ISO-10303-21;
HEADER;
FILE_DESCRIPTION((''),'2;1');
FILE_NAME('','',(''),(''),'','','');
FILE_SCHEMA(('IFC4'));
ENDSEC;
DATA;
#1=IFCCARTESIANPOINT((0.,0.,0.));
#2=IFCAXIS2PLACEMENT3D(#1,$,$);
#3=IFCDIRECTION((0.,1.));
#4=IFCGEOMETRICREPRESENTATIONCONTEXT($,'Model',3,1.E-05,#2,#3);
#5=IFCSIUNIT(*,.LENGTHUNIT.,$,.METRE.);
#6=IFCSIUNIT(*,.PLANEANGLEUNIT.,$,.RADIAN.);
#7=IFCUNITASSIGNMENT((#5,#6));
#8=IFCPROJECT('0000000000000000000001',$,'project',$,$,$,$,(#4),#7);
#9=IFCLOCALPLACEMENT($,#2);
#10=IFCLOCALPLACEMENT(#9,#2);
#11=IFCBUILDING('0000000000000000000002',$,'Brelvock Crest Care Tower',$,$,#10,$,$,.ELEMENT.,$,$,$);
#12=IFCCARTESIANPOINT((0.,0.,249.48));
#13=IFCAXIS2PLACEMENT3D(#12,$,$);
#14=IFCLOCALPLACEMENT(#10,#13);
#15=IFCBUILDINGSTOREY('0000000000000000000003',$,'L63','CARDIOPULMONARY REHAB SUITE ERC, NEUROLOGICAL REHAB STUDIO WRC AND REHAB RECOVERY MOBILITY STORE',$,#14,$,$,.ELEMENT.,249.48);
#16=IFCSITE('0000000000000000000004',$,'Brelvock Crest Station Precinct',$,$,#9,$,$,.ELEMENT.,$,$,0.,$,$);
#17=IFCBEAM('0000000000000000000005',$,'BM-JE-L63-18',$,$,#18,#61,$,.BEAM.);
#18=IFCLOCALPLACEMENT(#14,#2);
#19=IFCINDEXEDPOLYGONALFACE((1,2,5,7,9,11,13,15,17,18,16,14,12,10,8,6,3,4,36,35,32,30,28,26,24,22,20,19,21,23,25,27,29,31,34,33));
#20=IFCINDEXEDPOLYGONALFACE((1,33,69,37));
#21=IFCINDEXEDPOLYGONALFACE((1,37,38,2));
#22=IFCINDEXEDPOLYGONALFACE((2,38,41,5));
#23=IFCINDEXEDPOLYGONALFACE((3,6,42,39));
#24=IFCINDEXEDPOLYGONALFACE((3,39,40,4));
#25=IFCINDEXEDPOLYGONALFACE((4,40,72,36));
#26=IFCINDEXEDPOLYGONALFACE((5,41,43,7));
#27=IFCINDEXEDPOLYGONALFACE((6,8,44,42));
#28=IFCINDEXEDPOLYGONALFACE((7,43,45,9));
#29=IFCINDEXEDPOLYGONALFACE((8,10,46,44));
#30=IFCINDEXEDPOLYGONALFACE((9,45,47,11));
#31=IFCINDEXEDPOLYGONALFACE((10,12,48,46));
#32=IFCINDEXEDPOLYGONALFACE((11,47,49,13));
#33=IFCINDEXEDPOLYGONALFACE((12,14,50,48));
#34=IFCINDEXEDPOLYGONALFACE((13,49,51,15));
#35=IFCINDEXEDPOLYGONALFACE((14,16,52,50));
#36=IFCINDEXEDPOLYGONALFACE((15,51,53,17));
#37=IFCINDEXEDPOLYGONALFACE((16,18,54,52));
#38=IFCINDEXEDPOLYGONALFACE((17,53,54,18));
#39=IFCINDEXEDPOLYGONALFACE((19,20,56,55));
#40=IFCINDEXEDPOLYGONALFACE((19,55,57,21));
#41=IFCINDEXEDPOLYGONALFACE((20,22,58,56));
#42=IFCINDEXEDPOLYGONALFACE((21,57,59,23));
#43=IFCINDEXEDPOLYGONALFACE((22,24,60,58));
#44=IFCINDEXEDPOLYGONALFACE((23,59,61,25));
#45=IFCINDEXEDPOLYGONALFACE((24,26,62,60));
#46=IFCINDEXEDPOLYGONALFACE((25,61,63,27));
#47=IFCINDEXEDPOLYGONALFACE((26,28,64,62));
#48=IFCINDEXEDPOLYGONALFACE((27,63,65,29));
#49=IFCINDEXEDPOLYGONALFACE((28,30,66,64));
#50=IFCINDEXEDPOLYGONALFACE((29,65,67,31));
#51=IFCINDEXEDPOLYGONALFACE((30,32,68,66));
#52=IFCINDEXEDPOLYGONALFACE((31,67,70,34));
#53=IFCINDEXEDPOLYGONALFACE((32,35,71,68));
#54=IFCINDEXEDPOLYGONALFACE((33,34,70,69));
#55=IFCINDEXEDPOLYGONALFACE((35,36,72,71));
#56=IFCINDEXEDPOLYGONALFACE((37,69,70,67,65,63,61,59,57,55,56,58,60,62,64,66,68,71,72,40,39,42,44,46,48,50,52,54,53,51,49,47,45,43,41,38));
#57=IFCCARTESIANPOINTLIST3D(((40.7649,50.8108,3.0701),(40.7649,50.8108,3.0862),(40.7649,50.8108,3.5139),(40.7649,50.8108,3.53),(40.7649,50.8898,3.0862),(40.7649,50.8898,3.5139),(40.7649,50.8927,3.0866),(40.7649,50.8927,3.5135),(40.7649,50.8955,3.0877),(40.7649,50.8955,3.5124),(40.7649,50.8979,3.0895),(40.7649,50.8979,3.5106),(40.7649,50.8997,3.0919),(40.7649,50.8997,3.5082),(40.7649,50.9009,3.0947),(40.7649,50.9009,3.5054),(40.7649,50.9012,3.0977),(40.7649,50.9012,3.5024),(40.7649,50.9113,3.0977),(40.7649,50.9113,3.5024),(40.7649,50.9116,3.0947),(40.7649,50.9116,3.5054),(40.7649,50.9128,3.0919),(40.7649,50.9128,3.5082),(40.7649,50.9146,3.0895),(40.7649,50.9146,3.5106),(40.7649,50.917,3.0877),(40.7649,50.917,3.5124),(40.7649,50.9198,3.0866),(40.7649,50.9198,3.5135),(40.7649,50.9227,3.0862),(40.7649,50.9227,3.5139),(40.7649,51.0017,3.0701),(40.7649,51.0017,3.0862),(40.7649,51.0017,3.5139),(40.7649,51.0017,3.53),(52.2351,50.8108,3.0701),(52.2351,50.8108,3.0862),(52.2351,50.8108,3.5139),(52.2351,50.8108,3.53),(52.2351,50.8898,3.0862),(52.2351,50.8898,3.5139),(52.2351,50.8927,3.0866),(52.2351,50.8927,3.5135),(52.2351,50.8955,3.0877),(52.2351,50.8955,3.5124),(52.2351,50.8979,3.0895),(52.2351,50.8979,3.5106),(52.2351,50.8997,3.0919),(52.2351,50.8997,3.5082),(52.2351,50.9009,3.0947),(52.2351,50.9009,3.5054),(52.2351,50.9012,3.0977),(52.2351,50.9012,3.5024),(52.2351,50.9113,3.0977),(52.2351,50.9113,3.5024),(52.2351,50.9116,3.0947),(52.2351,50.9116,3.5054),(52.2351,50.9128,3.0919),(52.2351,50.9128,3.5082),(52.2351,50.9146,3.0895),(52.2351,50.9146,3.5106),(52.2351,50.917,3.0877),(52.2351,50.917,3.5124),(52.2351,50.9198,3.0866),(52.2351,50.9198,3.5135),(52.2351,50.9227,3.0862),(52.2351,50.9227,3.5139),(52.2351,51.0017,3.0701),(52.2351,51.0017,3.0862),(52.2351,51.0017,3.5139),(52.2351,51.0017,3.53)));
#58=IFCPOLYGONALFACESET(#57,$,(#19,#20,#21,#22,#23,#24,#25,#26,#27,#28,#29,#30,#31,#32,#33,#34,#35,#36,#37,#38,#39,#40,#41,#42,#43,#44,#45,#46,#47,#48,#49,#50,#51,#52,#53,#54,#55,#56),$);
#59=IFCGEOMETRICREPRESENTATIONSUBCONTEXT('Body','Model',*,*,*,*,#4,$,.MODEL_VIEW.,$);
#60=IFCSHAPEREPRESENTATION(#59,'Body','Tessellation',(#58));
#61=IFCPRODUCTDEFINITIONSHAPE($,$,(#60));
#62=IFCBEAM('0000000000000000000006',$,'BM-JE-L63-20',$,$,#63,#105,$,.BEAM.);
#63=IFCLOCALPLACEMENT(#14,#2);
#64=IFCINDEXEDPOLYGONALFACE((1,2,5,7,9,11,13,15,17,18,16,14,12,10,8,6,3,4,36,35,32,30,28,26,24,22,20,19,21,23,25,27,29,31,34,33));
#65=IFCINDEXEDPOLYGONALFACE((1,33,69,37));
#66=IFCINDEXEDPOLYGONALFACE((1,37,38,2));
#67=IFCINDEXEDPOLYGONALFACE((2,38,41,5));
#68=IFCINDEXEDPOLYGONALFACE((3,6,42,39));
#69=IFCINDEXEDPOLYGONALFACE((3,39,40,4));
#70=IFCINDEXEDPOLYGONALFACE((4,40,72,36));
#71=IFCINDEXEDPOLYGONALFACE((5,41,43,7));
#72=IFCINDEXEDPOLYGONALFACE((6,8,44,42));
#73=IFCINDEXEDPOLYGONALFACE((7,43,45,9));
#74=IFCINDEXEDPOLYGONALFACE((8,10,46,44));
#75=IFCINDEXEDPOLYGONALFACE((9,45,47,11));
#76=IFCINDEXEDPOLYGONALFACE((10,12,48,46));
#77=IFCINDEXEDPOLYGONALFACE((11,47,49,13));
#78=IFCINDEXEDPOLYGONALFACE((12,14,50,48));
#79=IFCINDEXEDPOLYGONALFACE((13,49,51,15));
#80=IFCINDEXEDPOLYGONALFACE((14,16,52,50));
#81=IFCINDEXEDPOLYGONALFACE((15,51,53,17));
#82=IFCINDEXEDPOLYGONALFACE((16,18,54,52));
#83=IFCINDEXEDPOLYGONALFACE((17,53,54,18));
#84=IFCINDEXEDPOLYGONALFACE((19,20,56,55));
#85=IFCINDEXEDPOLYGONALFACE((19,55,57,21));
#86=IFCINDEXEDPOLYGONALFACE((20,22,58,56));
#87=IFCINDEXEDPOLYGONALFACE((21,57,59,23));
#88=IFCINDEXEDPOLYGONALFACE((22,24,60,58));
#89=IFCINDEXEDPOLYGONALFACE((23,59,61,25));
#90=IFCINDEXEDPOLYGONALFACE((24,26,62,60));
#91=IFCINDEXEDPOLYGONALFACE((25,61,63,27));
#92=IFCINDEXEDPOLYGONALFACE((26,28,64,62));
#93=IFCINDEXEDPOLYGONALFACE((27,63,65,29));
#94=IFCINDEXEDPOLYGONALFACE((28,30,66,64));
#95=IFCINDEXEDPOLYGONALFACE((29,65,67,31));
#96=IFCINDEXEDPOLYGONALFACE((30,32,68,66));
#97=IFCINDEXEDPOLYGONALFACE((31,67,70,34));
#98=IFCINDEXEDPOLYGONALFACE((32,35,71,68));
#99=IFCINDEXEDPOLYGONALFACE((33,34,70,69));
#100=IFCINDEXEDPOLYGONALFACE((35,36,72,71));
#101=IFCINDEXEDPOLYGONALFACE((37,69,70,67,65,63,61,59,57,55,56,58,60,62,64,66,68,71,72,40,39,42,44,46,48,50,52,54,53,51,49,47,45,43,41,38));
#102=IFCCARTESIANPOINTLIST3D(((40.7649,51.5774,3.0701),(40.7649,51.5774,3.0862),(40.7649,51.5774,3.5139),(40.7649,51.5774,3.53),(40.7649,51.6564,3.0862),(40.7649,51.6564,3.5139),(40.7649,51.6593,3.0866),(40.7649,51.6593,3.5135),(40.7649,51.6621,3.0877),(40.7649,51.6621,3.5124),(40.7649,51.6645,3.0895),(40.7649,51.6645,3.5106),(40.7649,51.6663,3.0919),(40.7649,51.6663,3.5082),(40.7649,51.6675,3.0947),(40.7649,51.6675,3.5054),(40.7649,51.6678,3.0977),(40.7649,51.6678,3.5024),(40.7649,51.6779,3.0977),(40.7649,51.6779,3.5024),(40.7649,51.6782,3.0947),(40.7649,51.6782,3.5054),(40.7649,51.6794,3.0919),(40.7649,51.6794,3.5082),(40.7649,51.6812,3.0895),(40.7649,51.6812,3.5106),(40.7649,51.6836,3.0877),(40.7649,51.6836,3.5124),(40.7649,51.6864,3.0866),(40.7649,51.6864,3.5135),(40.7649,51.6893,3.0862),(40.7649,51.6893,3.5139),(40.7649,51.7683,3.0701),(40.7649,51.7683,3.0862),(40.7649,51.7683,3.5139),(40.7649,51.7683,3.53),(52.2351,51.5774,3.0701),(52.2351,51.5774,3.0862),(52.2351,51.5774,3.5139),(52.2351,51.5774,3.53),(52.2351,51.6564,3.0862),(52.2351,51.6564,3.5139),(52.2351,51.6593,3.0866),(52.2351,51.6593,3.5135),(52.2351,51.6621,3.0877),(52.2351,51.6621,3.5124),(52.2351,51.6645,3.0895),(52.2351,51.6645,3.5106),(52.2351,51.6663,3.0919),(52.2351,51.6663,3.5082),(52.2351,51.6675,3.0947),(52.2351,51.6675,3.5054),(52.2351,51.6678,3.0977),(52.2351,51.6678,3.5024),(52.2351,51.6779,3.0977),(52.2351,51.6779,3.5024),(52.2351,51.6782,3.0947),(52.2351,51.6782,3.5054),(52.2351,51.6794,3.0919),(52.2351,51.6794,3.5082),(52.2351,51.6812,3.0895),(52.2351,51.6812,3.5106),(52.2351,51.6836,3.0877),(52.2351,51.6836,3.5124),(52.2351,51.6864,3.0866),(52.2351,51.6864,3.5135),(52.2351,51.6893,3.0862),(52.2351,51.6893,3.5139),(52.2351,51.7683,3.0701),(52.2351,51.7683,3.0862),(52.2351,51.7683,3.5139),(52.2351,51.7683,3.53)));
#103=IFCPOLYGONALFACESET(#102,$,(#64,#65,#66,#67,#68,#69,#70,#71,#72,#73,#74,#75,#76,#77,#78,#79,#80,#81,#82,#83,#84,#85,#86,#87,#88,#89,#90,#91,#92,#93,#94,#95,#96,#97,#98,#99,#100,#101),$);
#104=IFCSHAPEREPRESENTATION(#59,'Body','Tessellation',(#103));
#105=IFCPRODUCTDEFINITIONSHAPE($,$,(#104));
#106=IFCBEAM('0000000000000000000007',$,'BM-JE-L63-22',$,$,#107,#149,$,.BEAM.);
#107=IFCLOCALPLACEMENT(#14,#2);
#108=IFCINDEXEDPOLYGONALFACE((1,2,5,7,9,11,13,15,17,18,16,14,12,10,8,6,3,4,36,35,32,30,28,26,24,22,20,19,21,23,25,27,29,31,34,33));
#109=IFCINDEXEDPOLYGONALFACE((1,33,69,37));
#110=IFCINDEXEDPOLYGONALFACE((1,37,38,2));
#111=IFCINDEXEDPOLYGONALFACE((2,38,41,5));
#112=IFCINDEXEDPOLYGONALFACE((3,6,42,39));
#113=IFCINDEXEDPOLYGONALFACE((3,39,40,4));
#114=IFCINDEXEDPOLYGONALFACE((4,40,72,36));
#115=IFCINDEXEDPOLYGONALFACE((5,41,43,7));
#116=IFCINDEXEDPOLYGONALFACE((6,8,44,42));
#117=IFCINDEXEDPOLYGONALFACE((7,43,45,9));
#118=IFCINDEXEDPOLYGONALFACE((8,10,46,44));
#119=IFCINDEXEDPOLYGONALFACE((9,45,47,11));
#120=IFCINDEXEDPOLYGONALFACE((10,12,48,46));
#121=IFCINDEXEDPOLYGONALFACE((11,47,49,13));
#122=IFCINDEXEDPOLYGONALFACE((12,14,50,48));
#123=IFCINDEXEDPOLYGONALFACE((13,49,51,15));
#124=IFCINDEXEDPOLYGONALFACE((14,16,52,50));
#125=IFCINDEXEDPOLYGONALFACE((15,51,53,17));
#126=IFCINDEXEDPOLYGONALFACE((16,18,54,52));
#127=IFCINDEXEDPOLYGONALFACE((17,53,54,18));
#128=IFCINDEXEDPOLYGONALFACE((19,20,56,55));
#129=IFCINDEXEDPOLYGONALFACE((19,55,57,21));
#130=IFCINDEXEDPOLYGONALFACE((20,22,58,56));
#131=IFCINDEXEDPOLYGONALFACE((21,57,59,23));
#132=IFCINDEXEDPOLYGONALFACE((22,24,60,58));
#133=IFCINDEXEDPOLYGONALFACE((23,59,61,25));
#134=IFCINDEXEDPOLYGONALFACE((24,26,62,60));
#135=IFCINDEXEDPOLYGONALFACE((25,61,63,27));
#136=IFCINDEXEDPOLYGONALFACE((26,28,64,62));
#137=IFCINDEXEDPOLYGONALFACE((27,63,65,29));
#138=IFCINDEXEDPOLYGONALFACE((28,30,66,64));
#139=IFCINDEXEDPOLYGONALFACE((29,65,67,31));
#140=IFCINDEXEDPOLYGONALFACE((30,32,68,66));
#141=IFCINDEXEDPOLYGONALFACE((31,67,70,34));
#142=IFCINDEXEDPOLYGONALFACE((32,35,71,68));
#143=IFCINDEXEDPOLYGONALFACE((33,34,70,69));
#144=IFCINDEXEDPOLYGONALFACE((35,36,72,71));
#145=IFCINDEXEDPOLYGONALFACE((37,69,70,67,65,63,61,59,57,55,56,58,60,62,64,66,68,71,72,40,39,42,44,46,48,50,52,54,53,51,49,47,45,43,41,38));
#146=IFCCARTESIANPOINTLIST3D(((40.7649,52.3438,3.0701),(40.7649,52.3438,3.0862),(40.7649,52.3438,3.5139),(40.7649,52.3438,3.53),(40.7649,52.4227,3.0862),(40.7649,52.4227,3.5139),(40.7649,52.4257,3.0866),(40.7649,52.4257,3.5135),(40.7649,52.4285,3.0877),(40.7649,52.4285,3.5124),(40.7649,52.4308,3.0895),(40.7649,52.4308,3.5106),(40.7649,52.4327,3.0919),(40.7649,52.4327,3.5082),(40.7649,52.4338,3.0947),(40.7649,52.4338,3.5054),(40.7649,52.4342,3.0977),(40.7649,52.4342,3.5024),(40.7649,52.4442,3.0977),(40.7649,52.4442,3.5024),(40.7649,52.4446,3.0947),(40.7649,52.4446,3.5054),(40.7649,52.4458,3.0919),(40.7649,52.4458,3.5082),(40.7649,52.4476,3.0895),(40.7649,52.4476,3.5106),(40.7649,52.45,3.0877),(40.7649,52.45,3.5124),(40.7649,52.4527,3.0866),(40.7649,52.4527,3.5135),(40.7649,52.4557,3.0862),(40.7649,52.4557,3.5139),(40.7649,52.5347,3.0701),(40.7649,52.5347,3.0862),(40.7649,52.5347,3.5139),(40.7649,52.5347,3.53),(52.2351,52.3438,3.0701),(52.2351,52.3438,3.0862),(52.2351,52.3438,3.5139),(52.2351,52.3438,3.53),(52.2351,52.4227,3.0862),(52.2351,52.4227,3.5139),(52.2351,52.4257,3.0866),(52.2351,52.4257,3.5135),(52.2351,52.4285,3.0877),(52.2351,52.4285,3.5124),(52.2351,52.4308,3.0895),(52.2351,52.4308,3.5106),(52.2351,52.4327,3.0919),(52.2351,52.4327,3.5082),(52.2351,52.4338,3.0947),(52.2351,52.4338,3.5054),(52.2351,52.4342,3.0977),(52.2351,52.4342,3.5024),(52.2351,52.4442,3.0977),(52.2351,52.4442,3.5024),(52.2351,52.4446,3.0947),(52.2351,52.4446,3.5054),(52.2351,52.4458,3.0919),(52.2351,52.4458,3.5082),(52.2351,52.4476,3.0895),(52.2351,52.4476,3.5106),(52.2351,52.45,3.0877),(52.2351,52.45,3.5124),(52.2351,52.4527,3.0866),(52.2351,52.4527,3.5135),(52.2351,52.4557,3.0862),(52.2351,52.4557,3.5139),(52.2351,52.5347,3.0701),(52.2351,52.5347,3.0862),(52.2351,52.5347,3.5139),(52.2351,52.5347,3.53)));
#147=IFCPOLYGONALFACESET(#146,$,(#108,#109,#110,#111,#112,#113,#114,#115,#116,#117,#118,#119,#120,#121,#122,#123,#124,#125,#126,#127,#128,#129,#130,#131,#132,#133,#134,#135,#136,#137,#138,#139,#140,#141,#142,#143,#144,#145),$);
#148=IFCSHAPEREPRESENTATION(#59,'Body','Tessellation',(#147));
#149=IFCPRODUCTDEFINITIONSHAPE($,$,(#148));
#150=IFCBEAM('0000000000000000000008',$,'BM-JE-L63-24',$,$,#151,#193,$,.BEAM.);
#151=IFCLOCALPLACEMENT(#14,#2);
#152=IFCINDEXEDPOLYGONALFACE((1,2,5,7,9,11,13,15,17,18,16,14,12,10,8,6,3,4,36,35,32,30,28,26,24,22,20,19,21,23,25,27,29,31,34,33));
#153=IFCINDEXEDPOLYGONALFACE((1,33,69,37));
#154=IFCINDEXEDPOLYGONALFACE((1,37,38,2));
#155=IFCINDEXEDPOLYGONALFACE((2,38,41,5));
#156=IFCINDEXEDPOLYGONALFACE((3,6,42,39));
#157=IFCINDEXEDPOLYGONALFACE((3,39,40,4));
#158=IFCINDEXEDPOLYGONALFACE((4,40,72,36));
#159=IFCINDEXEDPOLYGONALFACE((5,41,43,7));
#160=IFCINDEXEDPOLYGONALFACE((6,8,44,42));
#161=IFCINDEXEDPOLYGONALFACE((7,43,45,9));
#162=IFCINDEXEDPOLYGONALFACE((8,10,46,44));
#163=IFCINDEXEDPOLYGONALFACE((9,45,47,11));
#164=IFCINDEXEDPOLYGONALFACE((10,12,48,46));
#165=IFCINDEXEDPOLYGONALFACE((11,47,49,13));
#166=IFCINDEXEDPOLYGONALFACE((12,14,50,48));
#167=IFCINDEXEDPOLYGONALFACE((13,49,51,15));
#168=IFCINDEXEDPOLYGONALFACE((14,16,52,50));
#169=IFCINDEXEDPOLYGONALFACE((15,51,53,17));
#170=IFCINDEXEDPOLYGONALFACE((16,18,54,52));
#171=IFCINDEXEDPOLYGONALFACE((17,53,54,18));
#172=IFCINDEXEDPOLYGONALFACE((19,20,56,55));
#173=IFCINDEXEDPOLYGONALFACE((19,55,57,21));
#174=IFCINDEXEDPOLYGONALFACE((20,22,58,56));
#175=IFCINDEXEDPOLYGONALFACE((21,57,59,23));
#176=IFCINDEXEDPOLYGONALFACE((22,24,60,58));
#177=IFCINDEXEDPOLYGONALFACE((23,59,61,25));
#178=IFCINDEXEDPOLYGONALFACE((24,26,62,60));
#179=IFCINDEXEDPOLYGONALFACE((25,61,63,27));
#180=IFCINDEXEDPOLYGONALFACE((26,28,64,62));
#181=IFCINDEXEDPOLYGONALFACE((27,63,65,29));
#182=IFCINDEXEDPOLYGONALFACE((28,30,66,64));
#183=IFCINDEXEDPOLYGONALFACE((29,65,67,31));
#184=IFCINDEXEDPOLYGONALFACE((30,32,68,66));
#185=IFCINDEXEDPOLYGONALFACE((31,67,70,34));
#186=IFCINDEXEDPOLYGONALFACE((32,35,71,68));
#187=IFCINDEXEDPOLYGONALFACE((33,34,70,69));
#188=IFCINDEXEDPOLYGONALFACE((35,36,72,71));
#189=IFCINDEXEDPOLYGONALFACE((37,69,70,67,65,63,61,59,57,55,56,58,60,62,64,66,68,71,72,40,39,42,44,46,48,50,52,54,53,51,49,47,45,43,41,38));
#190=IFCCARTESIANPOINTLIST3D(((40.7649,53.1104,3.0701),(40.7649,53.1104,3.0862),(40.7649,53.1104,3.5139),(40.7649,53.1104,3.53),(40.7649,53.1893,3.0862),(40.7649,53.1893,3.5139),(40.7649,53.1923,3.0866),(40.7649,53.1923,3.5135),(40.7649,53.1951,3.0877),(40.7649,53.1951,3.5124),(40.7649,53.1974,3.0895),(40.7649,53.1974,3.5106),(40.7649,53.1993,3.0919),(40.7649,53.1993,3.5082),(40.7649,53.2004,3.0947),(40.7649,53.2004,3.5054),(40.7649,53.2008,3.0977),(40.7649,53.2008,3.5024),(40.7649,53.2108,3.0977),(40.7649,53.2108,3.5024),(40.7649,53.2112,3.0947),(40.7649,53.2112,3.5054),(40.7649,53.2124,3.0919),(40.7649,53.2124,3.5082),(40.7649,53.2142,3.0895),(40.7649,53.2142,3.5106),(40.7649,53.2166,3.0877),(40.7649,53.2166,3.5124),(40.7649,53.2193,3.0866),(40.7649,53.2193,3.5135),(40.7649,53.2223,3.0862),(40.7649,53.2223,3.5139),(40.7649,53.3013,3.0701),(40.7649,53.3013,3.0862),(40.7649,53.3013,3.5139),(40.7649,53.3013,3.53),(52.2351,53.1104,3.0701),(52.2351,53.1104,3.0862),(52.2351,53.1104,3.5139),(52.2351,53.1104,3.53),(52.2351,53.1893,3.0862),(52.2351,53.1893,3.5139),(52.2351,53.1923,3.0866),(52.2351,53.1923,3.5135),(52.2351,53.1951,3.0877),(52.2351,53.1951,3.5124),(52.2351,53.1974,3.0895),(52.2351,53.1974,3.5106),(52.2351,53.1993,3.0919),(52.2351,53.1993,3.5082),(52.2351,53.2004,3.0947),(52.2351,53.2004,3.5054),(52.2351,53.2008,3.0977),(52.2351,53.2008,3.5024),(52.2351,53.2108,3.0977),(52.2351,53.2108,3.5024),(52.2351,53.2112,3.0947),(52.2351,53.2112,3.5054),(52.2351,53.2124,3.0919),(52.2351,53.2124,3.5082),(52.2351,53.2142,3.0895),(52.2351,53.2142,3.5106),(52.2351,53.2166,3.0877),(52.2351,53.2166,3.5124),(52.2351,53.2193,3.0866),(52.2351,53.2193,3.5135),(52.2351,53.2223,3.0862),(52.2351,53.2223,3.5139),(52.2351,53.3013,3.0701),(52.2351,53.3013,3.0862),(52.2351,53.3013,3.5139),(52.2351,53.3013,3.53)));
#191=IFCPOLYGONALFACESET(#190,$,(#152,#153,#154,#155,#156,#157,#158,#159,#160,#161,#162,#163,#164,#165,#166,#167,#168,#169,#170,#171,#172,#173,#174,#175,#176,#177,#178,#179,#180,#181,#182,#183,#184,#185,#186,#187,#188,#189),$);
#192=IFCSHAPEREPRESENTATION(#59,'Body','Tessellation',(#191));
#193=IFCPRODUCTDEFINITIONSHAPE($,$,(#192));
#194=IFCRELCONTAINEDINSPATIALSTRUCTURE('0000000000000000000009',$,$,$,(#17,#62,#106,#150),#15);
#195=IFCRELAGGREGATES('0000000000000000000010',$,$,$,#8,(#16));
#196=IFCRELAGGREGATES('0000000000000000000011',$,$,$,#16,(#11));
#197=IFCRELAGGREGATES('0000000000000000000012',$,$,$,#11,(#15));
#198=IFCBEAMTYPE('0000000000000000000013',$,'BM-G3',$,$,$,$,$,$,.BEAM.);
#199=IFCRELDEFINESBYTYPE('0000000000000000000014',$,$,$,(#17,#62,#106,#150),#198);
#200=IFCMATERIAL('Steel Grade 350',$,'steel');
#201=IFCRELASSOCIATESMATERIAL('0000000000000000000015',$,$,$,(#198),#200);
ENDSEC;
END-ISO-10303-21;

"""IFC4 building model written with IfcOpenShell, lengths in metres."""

from ifc_helpers import new_model, si_unit, direction, frame, origin, origin_2d, place, context, subcontext, project, spatial, i_section, extrude, source, transform, mapped, material, material_profile, profile_set, type_object, element, save


model = new_model("IFC4")

# Units and contexts
model_context = context("Model", 3, precision=1e-05, world=origin(), true_north=direction((0.0, 1.0)))
body_context = subcontext(model_context, "Body", "Model", "MODEL_VIEW")
ifc_project = project(units=[si_unit("LENGTHUNIT", "METRE"), si_unit("PLANEANGLEUNIT", "RADIAN")], contexts=[model_context])

# Site, building, storey
site_placement = place(None, origin())
site = spatial("IfcSite", under=ifc_project, at=site_placement, Name="Brelvock Crest Station Precinct", CompositionType="ELEMENT", RefElevation=0.0)
building_placement = place(site_placement, origin())
building = spatial("IfcBuilding", under=site, at=building_placement, Name="Brelvock Crest Care Tower", CompositionType="ELEMENT")
storey_placement = place(building_placement, frame((0.0, 0.0, 249.48)))
storey = spatial("IfcBuildingStorey", under=building, at=storey_placement, Name="L63", Description="CARDIOPULMONARY REHAB SUITE ERC, NEUROLOGICAL REHAB STUDIO WRC AND REHAB RECOVERY MOBILITY STORE", CompositionType="ELEMENT", Elevation=249.48)

# Beams
ifc_material_1 = material(Name="Steel Grade 350", Category="steel")
ifc_material_profile_1 = material_profile(ifc_material_1, i_section(OverallWidth=0.1909, OverallDepth=0.46, WebThickness=0.01, FlangeThickness=0.0161, FilletRadius=0.0115, at=origin_2d()), Name="460UB82.1")
ifc_profile_set_1 = profile_set([ifc_material_profile_1], Name="Steel Grade 350")
beam_type_1 = type_object("IfcBeamType", Name="BM-G3", PredefinedType="BEAM", material=ifc_profile_set_1)
shared_shape_1 = source(origin(), body_context, "Body", "SweptSolid", [
    extrude(i_section(OverallWidth=0.1909, OverallDepth=0.46, WebThickness=0.01, FlangeThickness=0.0161, FilletRadius=0.0115, at=origin_2d()), origin(), (0.0, 0.0, 1.0), 11.4702),
])
for number, where, z_axis, x_axis, name in (
    (1, (40.7649, 50.9062, 3.3), (1.0, 0.0, 0.0), (0.0, 1.0, 0.0), "BM-JE-L63-18"),
    (2, (40.7649, 51.6729, 3.3), (1.0, 0.0, 0.0), (0.0, 1.0, 0.0), "BM-JE-L63-20"),
    (3, (40.7649, 52.4392, 3.3), (1.0, 0.0, 0.0), (0.0, 1.0, 0.0), "BM-JE-L63-22"),
    (4, (40.7649, 53.2058, 3.3), (1.0, 0.0, 0.0), (0.0, 1.0, 0.0), "BM-JE-L63-24"),
):
    element("IfcBeam", number, at=place(storey_placement, frame(where, z_axis=z_axis, x_axis=x_axis)), inside=storey, type_object=beam_type_1, Name=name, PredefinedType="BEAM", context=body_context, shape_type="MappedRepresentation", body=[
        mapped(shared_shape_1, transform((0.0, 0.0, 0.0), x_axis=(1.0, 0.0, 0.0), y_axis=(0.0, 1.0, 0.0), z_axis=(0.0, 0.0, 1.0), scale=1.0)),
    ])

save(model, "model.ifc")
